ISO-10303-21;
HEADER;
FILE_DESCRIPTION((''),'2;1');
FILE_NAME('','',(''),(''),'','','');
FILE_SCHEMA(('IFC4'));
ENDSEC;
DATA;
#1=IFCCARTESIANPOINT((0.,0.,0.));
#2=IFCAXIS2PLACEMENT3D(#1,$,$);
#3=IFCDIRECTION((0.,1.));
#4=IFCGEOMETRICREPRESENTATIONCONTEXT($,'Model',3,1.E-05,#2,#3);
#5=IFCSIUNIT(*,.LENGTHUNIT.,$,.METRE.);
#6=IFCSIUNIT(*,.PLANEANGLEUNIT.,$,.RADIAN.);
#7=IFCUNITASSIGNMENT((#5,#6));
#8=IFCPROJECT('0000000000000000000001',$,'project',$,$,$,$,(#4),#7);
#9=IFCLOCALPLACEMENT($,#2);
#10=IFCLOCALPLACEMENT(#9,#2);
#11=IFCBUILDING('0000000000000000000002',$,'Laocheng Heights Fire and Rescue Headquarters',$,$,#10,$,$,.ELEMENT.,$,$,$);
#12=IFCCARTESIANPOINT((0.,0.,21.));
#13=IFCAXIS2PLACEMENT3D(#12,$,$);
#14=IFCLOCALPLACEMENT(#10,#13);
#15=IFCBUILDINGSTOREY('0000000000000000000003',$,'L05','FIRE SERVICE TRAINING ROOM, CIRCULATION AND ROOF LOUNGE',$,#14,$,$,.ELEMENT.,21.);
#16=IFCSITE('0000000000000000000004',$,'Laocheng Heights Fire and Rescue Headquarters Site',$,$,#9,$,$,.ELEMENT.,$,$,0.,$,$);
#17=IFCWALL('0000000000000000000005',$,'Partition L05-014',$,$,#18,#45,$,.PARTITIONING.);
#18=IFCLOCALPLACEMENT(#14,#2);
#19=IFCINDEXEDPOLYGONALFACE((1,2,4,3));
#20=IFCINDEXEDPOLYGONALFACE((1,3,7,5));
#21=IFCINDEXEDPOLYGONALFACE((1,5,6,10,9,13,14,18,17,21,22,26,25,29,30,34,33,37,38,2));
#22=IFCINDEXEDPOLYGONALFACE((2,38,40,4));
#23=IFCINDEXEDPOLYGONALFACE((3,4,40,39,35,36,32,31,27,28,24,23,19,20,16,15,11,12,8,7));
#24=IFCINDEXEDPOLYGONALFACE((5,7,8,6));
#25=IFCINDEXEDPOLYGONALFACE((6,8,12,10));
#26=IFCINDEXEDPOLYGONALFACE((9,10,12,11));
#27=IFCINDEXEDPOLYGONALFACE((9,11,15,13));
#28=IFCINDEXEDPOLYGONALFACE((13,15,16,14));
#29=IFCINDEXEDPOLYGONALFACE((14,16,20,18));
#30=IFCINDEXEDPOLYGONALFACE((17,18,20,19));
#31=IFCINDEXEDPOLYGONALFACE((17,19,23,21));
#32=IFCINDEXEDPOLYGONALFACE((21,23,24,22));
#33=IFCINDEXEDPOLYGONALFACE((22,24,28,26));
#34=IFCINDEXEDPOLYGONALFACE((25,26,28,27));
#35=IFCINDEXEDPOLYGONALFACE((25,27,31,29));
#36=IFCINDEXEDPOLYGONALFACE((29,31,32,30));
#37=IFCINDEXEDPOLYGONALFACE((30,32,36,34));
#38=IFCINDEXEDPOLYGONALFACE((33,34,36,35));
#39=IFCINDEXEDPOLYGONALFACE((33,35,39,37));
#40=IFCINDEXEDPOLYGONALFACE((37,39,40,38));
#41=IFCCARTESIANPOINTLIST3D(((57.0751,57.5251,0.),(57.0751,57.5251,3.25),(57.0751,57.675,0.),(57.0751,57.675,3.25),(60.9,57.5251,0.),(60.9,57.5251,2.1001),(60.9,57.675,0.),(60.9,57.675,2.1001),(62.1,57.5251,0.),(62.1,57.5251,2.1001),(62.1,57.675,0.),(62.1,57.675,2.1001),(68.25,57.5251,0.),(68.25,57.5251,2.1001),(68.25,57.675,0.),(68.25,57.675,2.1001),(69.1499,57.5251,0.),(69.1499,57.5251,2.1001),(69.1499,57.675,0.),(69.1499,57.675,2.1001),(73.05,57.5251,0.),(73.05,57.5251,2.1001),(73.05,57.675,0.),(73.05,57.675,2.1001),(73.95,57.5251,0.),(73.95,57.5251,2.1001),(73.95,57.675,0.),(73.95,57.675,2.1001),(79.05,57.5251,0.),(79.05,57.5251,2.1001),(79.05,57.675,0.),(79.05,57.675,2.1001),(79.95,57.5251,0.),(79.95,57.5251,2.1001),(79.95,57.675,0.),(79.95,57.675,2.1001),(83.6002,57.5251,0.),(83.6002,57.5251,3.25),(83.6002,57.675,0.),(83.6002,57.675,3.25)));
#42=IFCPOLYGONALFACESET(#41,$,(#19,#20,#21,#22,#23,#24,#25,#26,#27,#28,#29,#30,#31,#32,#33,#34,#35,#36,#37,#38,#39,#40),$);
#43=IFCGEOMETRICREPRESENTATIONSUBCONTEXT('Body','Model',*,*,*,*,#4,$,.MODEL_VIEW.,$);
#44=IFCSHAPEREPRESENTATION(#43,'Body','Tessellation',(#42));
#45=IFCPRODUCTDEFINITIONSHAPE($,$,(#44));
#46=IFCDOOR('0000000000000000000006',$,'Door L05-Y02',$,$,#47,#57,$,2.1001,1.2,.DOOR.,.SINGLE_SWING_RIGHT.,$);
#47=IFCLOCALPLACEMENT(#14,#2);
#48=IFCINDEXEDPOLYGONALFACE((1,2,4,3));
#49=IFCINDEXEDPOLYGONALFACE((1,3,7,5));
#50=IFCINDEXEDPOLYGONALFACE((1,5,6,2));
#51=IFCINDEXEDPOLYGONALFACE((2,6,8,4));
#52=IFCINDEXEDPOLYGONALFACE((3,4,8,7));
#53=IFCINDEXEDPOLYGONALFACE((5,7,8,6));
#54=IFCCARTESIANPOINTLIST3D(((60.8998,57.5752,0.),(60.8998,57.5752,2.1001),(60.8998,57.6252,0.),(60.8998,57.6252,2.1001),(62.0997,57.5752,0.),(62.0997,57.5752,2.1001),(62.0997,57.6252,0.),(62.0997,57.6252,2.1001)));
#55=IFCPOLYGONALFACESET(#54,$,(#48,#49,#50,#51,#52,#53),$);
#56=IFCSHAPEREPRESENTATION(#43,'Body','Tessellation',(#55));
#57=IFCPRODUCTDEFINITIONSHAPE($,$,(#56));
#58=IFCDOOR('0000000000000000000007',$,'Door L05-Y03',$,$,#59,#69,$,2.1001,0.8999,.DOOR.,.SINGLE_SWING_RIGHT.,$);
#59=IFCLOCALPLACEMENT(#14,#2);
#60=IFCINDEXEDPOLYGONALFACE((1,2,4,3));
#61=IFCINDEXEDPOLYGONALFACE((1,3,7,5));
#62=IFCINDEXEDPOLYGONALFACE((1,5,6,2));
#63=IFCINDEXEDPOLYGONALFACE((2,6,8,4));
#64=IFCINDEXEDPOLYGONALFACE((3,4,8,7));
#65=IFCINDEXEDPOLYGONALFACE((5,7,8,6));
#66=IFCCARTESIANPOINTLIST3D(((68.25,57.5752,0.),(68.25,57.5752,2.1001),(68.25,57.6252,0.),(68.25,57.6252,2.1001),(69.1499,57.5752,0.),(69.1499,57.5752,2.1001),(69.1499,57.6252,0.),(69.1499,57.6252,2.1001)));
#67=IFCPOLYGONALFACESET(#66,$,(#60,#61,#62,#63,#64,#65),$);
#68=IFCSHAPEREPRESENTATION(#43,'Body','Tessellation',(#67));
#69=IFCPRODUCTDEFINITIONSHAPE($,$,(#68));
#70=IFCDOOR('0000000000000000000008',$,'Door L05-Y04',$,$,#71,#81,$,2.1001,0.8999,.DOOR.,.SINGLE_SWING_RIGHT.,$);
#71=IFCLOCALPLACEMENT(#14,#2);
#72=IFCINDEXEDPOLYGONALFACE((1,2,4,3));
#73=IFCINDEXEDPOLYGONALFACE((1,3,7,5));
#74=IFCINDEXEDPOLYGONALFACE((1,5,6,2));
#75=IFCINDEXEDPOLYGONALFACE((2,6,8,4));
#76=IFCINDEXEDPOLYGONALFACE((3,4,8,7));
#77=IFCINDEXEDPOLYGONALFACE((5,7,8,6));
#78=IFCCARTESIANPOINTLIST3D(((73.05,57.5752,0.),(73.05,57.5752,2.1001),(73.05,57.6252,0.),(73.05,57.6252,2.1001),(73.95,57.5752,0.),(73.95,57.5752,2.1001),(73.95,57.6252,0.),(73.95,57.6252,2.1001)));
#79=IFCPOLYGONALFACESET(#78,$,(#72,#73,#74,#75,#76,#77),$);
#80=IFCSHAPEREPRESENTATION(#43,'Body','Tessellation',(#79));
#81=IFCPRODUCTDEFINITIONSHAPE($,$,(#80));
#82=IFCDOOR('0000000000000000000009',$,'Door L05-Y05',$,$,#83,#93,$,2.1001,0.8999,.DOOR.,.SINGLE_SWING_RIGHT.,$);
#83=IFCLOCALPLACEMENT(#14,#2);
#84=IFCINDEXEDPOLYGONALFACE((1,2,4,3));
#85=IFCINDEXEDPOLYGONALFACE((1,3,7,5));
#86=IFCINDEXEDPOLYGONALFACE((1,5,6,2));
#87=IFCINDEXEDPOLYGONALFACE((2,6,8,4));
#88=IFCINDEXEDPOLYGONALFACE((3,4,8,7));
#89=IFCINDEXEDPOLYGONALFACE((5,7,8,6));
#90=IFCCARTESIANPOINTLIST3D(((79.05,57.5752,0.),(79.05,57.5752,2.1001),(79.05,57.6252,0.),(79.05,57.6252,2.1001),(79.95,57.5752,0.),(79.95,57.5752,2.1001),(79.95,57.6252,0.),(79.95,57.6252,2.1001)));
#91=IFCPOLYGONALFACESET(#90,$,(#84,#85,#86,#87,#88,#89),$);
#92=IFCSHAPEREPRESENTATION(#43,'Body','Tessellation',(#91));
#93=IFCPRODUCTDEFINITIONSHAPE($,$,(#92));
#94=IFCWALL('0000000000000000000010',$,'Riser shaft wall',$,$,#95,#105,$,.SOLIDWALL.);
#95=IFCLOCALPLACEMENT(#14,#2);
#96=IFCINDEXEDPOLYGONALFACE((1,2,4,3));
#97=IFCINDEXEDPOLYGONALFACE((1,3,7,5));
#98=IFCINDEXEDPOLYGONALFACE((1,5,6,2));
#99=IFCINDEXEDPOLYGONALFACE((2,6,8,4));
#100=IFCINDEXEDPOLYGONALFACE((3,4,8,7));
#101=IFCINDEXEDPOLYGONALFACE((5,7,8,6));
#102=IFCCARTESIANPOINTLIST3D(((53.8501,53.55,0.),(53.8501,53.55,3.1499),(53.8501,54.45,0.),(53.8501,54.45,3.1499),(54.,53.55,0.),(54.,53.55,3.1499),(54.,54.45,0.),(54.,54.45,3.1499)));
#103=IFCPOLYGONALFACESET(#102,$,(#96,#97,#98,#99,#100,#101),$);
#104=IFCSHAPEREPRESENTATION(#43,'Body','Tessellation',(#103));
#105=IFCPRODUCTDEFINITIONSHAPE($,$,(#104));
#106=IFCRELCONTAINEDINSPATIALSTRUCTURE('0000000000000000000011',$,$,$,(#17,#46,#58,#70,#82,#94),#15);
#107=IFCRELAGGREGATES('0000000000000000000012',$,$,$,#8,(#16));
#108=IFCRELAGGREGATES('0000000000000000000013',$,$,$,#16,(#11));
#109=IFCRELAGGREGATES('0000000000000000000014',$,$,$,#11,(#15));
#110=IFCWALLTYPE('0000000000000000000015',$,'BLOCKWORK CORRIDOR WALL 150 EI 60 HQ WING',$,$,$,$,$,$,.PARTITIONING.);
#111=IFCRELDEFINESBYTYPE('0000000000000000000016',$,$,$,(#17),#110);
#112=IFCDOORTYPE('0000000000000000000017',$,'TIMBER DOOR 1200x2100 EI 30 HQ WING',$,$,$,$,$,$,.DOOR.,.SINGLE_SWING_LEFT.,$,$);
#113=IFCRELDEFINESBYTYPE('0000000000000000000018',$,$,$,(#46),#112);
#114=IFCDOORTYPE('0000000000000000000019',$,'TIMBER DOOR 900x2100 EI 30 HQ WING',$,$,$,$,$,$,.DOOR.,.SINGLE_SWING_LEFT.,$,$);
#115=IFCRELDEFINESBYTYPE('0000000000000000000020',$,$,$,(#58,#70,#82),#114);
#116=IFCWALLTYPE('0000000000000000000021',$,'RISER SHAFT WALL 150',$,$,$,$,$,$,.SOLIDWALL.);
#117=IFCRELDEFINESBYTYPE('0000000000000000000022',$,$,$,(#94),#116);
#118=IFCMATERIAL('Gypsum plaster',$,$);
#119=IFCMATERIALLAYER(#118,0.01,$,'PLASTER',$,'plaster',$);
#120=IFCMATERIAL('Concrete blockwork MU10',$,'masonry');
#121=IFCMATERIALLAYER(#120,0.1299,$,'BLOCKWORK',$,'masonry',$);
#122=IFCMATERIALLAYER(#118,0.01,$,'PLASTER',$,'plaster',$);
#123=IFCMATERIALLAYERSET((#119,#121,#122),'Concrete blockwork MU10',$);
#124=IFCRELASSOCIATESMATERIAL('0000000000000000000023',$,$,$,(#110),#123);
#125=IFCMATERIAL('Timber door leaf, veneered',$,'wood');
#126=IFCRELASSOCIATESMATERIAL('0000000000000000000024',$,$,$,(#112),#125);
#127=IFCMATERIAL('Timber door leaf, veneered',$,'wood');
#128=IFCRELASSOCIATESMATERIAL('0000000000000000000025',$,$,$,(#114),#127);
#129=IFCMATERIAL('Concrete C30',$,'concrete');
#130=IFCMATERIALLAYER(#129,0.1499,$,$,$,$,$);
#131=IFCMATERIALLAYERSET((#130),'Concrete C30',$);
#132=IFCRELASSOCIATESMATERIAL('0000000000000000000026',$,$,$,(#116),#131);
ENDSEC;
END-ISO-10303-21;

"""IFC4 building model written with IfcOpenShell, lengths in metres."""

from ifc_helpers import new_model, si_unit, direction, frame, frame_2d, origin, place, context, subcontext, project, spatial, rectangle, extrude, material, layer, layer_set, type_object, element, fill, save


model = new_model("IFC4")

# Units and contexts
model_context = context("Model", 3, precision=1e-05, world=origin(), true_north=direction((0.0, 1.0)))
body_context = subcontext(model_context, "Body", "Model", "MODEL_VIEW")
ifc_project = project(units=[si_unit("LENGTHUNIT", "METRE"), si_unit("PLANEANGLEUNIT", "RADIAN")], contexts=[model_context])

# Site, building, storey
site_placement = place(None, origin())
site = spatial("IfcSite", under=ifc_project, at=site_placement, Name="Laocheng Heights Fire and Rescue Headquarters Site", CompositionType="ELEMENT", RefElevation=0.0)
building_placement = place(site_placement, origin())
building = spatial("IfcBuilding", under=site, at=building_placement, Name="Laocheng Heights Fire and Rescue Headquarters", CompositionType="ELEMENT")
storey_placement = place(building_placement, frame((0.0, 0.0, 21.0)))
storey = spatial("IfcBuildingStorey", under=building, at=storey_placement, Name="L05", Description="FIRE SERVICE TRAINING ROOM, CIRCULATION AND ROOF LOUNGE", CompositionType="ELEMENT", Elevation=21.0)

# Shared definitions
ifc_material_1 = material(Name="Gypsum plaster")
ifc_layer_1 = layer(ifc_material_1, 0.01, Name="PLASTER", Category="plaster")
ifc_material_2 = material(Name="Concrete blockwork MU10", Category="masonry")
ifc_layer_2 = layer(ifc_material_2, 0.1299, Name="BLOCKWORK", Category="masonry")
ifc_layer_3 = layer(ifc_material_1, 0.01, Name="PLASTER", Category="plaster")
ifc_layer_set_1 = layer_set([ifc_layer_1, ifc_layer_2, ifc_layer_3], Name="Concrete blockwork MU10")
wall_type_1 = type_object("IfcWallType", Name="BLOCKWORK CORRIDOR WALL 150 EI 60 HQ WING", PredefinedType="PARTITIONING", material=ifc_layer_set_1)

# Wall, openings, doors
wall_1_placement = place(storey_placement, frame((57.075, 57.6001, 0.0), z_axis=(0.0, 0.0, 1.0), x_axis=(1.0, 0.0, 0.0)))
wall_1 = element("IfcWall", 1, at=wall_1_placement, inside=storey, type_object=wall_type_1, Name="Partition L05-014", PredefinedType="PARTITIONING", context=body_context, shape_type="SweptSolid", body=[
    extrude(rectangle(XDim=26.5251, YDim=0.1499, at=frame_2d((13.2627, 0.0))), origin(), (0.0, 0.0, 1.0), 3.25),
])
opening_1_placement = place(wall_1_placement, frame((3.825, 0.0, 0.0)))
opening_1 = element("IfcOpeningElement", 2, at=opening_1_placement, cuts=wall_1, PredefinedType="OPENING", context=body_context, shape_type="SweptSolid", body=[
    extrude(rectangle(XDim=1.2, YDim=2.1001, at=frame_2d((0.6001, 1.05))), frame((0.0, 0.085, 0.0), z_axis=(0.0, -1.0, 0.0), x_axis=(1.0, 0.0, 0.0)), (0.0, 0.0, 1.0), 0.1699),
])
opening_2_placement = place(wall_1_placement, frame((11.175, 0.0, 0.0)))
opening_2 = element("IfcOpeningElement", 3, at=opening_2_placement, cuts=wall_1, PredefinedType="OPENING", context=body_context, shape_type="SweptSolid", body=[
    extrude(rectangle(XDim=0.8999, YDim=2.1001, at=frame_2d((0.45, 1.05))), frame((0.0, 0.085, 0.0), z_axis=(0.0, -1.0, 0.0), x_axis=(1.0, 0.0, 0.0)), (0.0, 0.0, 1.0), 0.1699),
])
opening_3_placement = place(wall_1_placement, frame((15.9751, 0.0, 0.0)))
opening_3 = element("IfcOpeningElement", 4, at=opening_3_placement, cuts=wall_1, PredefinedType="OPENING", context=body_context, shape_type="SweptSolid", body=[
    extrude(rectangle(XDim=0.8999, YDim=2.1001, at=frame_2d((0.45, 1.05))), frame((0.0, 0.085, 0.0), z_axis=(0.0, -1.0, 0.0), x_axis=(1.0, 0.0, 0.0)), (0.0, 0.0, 1.0), 0.1699),
])
opening_4_placement = place(wall_1_placement, frame((21.9751, 0.0, 0.0)))
opening_4 = element("IfcOpeningElement", 5, at=opening_4_placement, cuts=wall_1, PredefinedType="OPENING", context=body_context, shape_type="SweptSolid", body=[
    extrude(rectangle(XDim=0.8999, YDim=2.1001, at=frame_2d((0.45, 1.05))), frame((0.0, 0.085, 0.0), z_axis=(0.0, -1.0, 0.0), x_axis=(1.0, 0.0, 0.0)), (0.0, 0.0, 1.0), 0.1699),
])
ifc_material_3 = material(Name="Timber door leaf, veneered", Category="wood")
door_type_1 = type_object("IfcDoorType", Name="TIMBER DOOR 1200x2100 EI 30 HQ WING", OperationType="SINGLE_SWING_LEFT", PredefinedType="DOOR", material=ifc_material_3)
door_1_placement = place(opening_1_placement, frame((1.2, 0.0, 0.0), z_axis=(0.0, 0.0, 1.0), x_axis=(-1.0, 0.0, 0.0)))
door_1 = element("IfcDoor", 6, at=door_1_placement, inside=storey, type_object=door_type_1, Name="Door L05-Y02", OperationType="SINGLE_SWING_RIGHT", OverallHeight=2.1001, OverallWidth=1.2, PredefinedType="DOOR", context=body_context, shape_type="SweptSolid", body=[
    extrude(rectangle(XDim=1.2, YDim=2.1001, at=frame_2d((0.6001, 1.05))), frame((0.0, 0.0249, 0.0), z_axis=(0.0, -1.0, 0.0), x_axis=(1.0, 0.0, 0.0)), (0.0, 0.0, 1.0), 0.05),
])
fill(opening_1, door_1)
ifc_material_4 = material(Name="Timber door leaf, veneered", Category="wood")
door_type_2 = type_object("IfcDoorType", Name="TIMBER DOOR 900x2100 EI 30 HQ WING", OperationType="SINGLE_SWING_LEFT", PredefinedType="DOOR", material=ifc_material_4)
door_2_placement = place(opening_2_placement, frame((0.8999, 0.0, 0.0), z_axis=(0.0, 0.0, 1.0), x_axis=(-1.0, 0.0, 0.0)))
door_2 = element("IfcDoor", 7, at=door_2_placement, inside=storey, type_object=door_type_2, Name="Door L05-Y03", OperationType="SINGLE_SWING_RIGHT", OverallHeight=2.1001, OverallWidth=0.8999, PredefinedType="DOOR", context=body_context, shape_type="SweptSolid", body=[
    extrude(rectangle(XDim=0.8999, YDim=2.1001, at=frame_2d((0.45, 1.05))), frame((0.0, 0.0249, 0.0), z_axis=(0.0, -1.0, 0.0), x_axis=(1.0, 0.0, 0.0)), (0.0, 0.0, 1.0), 0.05),
])
fill(opening_2, door_2)
door_3_placement = place(opening_3_placement, frame((0.8999, 0.0, 0.0), z_axis=(0.0, 0.0, 1.0), x_axis=(-1.0, 0.0, 0.0)))
door_3 = element("IfcDoor", 8, at=door_3_placement, inside=storey, type_object=door_type_2, Name="Door L05-Y04", OperationType="SINGLE_SWING_RIGHT", OverallHeight=2.1001, OverallWidth=0.8999, PredefinedType="DOOR", context=body_context, shape_type="SweptSolid", body=[
    extrude(rectangle(XDim=0.8999, YDim=2.1001, at=frame_2d((0.45, 1.05))), frame((0.0, 0.0249, 0.0), z_axis=(0.0, -1.0, 0.0), x_axis=(1.0, 0.0, 0.0)), (0.0, 0.0, 1.0), 0.05),
])
fill(opening_3, door_3)
door_4_placement = place(opening_4_placement, frame((0.8999, 0.0, 0.0), z_axis=(0.0, 0.0, 1.0), x_axis=(-1.0, 0.0, 0.0)))
door_4 = element("IfcDoor", 9, at=door_4_placement, inside=storey, type_object=door_type_2, Name="Door L05-Y05", OperationType="SINGLE_SWING_RIGHT", OverallHeight=2.1001, OverallWidth=0.8999, PredefinedType="DOOR", context=body_context, shape_type="SweptSolid", body=[
    extrude(rectangle(XDim=0.8999, YDim=2.1001, at=frame_2d((0.45, 1.05))), frame((0.0, 0.0249, 0.0), z_axis=(0.0, -1.0, 0.0), x_axis=(1.0, 0.0, 0.0)), (0.0, 0.0, 1.0), 0.05),
])
fill(opening_4, door_4)

# Wall
ifc_material_5 = material(Name="Concrete C30", Category="concrete")
ifc_layer_4 = layer(ifc_material_5, 0.1499)
ifc_layer_set_2 = layer_set([ifc_layer_4], Name="Concrete C30")
wall_type_2 = type_object("IfcWallType", Name="RISER SHAFT WALL 150", PredefinedType="SOLIDWALL", material=ifc_layer_set_2)
wall_2_placement = place(storey_placement, frame((53.925, 53.55, 0.0), z_axis=(0.0, 0.0, 1.0), x_axis=(0.0, 1.0, 0.0)))
element("IfcWall", 10, at=wall_2_placement, inside=storey, type_object=wall_type_2, Name="Riser shaft wall", PredefinedType="SOLIDWALL", context=body_context, shape_type="SweptSolid", body=[
    extrude(rectangle(XDim=0.8999, YDim=0.1499, at=frame_2d((0.45, 0.0))), origin(), (0.0, 0.0, 1.0), 3.1499),
])

save(model, "model.ifc")
